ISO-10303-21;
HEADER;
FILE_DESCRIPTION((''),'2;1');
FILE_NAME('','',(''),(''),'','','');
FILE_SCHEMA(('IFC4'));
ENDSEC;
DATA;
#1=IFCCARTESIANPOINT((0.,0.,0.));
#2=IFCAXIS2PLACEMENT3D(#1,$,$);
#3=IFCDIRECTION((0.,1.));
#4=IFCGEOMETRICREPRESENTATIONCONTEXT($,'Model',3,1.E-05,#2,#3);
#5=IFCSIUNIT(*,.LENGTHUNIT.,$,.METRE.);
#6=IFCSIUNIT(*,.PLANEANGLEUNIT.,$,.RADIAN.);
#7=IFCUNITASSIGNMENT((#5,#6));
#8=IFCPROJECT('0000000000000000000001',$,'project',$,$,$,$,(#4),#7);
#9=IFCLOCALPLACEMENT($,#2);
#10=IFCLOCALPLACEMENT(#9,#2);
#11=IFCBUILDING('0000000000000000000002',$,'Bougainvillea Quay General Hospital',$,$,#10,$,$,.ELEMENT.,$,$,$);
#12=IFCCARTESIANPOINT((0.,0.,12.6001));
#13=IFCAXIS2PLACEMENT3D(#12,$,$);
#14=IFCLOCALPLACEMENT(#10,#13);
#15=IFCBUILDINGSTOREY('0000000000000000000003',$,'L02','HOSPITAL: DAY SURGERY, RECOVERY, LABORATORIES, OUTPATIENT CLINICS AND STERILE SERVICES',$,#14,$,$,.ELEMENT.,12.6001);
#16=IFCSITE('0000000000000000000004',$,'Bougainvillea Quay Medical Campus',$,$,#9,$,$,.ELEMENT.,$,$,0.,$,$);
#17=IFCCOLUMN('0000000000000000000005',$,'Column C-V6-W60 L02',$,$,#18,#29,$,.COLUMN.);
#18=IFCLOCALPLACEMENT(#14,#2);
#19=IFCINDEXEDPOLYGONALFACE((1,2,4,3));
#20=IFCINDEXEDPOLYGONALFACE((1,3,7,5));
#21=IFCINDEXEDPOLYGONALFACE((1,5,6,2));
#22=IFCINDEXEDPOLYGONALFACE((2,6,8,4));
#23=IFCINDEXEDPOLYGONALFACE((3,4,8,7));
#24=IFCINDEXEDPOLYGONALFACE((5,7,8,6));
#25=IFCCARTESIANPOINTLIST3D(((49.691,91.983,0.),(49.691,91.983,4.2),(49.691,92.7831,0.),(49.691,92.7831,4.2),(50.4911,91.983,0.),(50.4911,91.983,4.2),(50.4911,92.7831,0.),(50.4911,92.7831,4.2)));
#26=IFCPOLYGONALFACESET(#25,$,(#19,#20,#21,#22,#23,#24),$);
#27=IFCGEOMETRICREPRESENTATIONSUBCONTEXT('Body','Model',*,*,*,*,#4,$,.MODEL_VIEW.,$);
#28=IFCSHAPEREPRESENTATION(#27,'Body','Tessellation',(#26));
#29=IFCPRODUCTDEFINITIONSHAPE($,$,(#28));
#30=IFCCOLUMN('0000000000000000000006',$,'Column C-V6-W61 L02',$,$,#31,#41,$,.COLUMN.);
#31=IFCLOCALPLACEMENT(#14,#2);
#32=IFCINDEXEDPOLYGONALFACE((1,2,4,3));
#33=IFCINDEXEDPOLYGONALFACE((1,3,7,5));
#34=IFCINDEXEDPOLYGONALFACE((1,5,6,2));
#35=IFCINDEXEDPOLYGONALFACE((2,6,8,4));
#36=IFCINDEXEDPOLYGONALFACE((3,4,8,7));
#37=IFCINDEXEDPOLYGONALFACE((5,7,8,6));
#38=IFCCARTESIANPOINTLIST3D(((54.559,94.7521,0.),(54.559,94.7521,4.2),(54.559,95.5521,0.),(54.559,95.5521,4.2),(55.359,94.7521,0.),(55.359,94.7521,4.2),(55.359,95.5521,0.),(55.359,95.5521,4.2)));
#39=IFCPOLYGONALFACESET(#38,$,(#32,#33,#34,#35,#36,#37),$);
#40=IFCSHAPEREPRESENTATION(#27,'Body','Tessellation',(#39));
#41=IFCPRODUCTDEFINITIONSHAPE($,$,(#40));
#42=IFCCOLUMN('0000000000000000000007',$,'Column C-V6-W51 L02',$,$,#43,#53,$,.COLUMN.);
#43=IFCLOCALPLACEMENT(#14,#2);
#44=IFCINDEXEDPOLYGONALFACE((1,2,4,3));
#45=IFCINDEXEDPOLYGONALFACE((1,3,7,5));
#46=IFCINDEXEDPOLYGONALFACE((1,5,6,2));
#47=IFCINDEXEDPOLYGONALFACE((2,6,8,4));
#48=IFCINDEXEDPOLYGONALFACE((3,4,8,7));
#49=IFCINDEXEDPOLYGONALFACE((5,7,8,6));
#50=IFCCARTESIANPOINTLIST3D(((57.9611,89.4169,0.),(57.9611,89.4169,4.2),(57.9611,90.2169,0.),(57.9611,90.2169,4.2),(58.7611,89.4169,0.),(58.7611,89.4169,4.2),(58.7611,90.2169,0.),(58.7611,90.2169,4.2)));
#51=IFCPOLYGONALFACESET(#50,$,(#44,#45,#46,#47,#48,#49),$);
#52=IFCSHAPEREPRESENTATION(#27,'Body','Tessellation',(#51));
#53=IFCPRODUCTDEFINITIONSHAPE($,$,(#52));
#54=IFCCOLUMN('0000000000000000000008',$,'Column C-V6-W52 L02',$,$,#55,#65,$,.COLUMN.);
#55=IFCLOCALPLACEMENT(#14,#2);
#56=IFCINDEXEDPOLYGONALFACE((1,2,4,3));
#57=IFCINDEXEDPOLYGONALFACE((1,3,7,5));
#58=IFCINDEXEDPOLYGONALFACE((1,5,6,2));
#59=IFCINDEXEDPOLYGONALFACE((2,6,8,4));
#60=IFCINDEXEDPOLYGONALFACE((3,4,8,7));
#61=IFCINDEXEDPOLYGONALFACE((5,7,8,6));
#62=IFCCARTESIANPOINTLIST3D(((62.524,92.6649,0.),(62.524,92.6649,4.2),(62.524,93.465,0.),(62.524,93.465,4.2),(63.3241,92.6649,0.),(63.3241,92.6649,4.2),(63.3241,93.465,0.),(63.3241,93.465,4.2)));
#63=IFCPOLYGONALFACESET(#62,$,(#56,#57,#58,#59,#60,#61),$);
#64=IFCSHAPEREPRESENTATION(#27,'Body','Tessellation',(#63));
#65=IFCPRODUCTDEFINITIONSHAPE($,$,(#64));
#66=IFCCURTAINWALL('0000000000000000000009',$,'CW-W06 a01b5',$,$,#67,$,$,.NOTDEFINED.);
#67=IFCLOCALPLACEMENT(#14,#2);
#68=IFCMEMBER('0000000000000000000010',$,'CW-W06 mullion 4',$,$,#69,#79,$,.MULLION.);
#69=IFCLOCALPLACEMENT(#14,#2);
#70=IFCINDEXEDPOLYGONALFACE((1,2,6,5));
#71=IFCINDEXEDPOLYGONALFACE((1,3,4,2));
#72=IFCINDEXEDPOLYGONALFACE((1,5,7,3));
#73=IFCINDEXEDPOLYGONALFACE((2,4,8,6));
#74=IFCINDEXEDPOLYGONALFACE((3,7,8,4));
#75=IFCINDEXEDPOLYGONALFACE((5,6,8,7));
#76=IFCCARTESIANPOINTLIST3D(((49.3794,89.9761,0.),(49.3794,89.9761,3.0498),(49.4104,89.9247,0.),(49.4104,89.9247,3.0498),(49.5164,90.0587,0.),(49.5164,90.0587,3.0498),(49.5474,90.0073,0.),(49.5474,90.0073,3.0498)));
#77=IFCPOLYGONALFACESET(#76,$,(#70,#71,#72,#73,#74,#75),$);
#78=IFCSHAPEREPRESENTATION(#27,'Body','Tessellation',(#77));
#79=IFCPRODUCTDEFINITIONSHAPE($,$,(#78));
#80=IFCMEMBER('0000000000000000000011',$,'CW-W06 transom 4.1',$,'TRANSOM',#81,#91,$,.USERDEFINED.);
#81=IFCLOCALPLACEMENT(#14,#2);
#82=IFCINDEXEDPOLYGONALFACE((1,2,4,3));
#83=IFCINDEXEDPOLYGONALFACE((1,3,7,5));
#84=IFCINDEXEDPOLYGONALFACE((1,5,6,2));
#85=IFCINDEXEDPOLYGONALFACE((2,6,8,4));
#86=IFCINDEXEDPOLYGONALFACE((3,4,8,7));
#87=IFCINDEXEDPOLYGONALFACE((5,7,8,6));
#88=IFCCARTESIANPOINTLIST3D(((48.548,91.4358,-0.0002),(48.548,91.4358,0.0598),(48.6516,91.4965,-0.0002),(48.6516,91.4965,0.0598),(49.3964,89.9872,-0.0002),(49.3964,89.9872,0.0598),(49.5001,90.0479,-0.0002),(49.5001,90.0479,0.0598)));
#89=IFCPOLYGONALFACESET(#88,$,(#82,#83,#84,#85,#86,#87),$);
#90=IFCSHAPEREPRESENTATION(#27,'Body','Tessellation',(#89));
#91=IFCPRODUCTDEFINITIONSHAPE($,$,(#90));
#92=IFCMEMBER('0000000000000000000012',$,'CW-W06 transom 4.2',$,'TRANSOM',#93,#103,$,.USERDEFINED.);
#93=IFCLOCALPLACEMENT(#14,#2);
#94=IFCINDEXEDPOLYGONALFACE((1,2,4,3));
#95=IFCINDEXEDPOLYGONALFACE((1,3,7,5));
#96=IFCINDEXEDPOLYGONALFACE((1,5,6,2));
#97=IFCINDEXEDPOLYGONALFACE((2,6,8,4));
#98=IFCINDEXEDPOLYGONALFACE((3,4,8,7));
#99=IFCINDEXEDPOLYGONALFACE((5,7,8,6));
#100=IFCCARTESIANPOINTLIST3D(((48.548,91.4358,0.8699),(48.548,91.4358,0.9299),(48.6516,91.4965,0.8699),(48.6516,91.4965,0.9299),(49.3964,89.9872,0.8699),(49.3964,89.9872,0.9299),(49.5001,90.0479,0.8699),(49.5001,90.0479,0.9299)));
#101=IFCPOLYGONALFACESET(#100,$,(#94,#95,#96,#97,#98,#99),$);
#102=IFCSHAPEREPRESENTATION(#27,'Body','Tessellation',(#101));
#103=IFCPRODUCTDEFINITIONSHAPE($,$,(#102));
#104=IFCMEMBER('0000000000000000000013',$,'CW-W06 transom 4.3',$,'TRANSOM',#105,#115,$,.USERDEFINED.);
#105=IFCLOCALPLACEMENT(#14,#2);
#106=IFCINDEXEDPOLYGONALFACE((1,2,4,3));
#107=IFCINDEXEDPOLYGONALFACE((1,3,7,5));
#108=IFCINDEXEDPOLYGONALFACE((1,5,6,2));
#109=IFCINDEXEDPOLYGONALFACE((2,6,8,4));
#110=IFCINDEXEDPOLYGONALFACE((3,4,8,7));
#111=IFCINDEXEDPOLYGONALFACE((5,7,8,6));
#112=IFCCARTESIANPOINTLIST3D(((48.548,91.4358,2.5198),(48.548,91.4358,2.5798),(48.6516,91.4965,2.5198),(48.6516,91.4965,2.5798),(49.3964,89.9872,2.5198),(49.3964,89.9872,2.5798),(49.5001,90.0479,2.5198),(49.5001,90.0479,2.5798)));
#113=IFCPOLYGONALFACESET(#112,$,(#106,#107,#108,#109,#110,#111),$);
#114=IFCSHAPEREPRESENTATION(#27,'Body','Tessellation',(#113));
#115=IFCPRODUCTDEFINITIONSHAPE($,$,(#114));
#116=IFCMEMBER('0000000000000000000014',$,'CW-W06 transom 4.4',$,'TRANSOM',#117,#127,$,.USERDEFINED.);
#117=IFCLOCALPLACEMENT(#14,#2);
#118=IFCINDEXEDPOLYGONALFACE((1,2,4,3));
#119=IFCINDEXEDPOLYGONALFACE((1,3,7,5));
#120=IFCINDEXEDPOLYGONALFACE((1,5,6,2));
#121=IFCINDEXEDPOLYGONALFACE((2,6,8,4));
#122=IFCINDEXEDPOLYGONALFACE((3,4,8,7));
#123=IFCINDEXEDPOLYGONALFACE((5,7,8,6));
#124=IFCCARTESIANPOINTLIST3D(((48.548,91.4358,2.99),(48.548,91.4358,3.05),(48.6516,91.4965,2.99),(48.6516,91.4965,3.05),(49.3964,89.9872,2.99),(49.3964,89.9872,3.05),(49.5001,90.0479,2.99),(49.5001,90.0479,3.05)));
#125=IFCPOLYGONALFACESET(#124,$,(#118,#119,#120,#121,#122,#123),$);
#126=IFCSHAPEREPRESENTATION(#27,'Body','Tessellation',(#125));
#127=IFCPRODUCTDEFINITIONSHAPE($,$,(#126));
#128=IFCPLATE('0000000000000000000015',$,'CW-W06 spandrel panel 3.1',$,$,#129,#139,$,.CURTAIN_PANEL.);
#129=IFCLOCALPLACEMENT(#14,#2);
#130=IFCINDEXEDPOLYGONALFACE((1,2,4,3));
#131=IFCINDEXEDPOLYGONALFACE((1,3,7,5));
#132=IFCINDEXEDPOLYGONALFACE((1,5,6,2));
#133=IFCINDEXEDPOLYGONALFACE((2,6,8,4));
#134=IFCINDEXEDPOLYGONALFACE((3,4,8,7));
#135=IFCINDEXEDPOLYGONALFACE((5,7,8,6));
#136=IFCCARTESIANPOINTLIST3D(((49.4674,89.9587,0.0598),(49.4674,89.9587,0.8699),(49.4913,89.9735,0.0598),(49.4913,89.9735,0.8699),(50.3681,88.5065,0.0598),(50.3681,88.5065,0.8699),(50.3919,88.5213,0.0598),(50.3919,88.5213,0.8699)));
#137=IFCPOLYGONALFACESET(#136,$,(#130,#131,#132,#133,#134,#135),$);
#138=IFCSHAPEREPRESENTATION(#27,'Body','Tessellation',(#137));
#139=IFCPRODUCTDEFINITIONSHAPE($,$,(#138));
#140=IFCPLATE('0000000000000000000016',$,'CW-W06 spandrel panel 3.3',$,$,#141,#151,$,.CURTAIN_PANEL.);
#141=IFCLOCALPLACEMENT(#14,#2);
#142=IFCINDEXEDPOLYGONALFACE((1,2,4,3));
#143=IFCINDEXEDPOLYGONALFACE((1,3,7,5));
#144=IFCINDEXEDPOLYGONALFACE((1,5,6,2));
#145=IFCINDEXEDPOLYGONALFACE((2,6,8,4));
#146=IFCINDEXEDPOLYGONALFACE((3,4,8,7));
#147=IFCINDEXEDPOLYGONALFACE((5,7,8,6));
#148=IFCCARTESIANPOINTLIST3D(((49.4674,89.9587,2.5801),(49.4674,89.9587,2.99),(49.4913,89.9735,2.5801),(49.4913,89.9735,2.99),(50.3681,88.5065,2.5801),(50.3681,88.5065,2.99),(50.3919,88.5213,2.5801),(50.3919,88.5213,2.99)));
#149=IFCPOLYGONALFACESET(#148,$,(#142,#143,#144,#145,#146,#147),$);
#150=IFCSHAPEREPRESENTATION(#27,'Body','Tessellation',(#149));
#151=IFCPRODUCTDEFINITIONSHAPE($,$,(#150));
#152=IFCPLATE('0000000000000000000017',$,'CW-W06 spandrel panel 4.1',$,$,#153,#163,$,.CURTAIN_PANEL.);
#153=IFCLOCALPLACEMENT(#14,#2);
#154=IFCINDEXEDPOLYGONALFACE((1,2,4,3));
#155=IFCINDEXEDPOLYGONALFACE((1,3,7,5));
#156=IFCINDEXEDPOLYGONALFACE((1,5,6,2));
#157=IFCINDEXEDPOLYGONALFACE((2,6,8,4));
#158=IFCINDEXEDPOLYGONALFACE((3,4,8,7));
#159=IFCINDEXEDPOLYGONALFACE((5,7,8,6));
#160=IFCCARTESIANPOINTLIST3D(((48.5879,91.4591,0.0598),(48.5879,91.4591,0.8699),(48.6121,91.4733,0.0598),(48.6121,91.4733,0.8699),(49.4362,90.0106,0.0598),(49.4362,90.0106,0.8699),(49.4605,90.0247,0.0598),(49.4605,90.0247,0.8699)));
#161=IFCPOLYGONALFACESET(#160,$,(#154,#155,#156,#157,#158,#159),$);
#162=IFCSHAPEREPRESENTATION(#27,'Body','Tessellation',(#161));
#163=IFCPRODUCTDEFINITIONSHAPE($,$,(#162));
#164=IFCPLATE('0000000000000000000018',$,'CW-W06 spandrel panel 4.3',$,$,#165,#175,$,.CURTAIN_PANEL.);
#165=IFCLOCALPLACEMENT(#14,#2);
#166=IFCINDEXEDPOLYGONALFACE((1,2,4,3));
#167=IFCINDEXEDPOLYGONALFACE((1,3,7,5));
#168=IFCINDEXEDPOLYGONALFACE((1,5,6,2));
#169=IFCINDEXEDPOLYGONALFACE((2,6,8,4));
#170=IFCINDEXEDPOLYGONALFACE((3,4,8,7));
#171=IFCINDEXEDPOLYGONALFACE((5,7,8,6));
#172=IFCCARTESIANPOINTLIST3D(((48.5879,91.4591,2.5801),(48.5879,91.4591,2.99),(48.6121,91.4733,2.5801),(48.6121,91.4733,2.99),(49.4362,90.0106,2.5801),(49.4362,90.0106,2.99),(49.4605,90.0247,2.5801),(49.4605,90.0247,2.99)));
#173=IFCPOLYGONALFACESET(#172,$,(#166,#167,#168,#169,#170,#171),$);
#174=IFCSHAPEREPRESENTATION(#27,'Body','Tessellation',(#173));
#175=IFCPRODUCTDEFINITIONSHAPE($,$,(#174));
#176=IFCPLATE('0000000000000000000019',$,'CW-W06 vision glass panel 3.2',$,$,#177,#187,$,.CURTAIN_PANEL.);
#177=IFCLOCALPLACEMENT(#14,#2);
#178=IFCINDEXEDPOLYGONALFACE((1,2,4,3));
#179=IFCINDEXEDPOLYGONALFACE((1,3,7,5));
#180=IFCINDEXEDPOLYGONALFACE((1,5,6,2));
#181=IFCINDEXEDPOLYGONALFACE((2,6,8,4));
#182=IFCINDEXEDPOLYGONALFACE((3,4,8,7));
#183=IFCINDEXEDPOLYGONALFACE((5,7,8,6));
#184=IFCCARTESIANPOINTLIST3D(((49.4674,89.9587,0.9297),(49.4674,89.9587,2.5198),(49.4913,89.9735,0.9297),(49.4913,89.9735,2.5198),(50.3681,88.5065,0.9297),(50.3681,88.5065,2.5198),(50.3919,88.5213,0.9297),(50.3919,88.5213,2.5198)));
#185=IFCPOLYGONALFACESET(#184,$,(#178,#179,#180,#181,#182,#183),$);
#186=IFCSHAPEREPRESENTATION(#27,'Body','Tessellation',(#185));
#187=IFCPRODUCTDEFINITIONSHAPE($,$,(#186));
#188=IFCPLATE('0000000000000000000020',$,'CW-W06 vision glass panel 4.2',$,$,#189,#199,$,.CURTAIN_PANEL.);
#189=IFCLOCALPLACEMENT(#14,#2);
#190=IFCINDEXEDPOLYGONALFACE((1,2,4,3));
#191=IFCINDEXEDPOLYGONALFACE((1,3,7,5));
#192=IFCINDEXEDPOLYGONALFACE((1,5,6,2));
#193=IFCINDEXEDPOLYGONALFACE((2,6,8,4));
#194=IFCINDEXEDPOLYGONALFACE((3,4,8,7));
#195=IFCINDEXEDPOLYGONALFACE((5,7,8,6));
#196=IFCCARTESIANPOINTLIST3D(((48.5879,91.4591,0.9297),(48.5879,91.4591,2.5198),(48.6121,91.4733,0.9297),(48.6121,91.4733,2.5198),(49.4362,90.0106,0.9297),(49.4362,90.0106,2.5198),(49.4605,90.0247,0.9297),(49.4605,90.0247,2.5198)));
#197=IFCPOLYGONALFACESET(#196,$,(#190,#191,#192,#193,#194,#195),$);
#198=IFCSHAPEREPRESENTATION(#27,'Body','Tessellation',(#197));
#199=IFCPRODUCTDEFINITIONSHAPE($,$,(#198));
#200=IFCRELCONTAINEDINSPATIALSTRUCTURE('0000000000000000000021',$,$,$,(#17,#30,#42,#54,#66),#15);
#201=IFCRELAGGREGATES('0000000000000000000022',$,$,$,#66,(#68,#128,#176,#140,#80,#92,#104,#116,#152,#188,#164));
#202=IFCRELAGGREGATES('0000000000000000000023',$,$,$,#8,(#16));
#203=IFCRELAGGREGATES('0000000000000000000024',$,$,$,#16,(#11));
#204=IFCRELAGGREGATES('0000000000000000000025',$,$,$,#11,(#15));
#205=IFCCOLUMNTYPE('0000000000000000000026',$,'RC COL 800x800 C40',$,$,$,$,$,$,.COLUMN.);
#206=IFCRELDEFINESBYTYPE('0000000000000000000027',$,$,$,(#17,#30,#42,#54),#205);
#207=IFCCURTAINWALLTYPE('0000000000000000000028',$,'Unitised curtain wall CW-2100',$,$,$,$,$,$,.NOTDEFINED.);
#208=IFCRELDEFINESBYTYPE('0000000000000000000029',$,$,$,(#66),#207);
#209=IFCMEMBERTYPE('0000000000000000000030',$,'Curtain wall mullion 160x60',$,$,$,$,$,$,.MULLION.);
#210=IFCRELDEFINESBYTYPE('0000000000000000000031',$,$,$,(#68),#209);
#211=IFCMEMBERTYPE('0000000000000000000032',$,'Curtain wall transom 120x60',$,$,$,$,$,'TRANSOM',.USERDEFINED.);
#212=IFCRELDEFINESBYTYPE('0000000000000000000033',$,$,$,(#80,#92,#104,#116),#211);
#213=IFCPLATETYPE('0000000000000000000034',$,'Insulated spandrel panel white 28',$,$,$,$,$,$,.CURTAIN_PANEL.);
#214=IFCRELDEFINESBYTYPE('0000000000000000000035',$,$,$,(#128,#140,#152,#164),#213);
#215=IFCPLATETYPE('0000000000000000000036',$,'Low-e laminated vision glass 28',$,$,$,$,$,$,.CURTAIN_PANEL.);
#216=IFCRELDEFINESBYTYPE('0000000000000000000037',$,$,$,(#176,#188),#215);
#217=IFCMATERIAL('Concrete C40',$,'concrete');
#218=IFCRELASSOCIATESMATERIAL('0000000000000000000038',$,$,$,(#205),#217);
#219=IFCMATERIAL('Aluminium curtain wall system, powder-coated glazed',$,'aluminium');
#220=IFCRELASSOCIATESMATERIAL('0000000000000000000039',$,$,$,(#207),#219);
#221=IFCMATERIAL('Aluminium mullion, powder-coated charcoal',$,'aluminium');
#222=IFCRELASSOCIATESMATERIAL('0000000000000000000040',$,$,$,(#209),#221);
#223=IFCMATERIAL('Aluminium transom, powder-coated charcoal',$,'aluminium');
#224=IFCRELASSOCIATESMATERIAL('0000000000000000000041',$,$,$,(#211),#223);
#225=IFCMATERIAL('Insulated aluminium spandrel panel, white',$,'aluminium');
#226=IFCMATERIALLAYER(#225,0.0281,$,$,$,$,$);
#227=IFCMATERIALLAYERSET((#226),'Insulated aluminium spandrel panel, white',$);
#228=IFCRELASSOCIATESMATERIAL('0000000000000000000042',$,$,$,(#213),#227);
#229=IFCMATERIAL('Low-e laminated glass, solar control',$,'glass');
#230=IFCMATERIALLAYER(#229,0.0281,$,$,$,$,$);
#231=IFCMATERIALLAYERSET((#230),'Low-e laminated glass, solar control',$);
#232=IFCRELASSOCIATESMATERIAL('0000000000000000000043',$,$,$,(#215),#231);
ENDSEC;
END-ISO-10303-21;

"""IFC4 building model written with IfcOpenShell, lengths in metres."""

from ifc_helpers import new_model, si_unit, direction, frame, origin, origin_2d, place, context, subcontext, project, spatial, rectangle, extrude, material, layer, layer_set, material_profile, profile_set, type_object, element, aggregate, save


model = new_model("IFC4")

# Units and contexts
model_context = context("Model", 3, precision=1e-05, world=origin(), true_north=direction((0.0, 1.0)))
body_context = subcontext(model_context, "Body", "Model", "MODEL_VIEW")
ifc_project = project(units=[si_unit("LENGTHUNIT", "METRE"), si_unit("PLANEANGLEUNIT", "RADIAN")], contexts=[model_context])

# Site, building, storey
site_placement = place(None, origin())
site = spatial("IfcSite", under=ifc_project, at=site_placement, Name="Bougainvillea Quay Medical Campus", CompositionType="ELEMENT", RefElevation=0.0)
building_placement = place(site_placement, origin())
building = spatial("IfcBuilding", under=site, at=building_placement, Name="Bougainvillea Quay General Hospital", CompositionType="ELEMENT")
storey_placement = place(building_placement, frame((0.0, 0.0, 12.6001)))
storey = spatial("IfcBuildingStorey", under=building, at=storey_placement, Name="L02", Description="HOSPITAL: DAY SURGERY, RECOVERY, LABORATORIES, OUTPATIENT CLINICS AND STERILE SERVICES", CompositionType="ELEMENT", Elevation=12.6001)

# Columns
ifc_material_1 = material(Name="Concrete C40", Category="concrete")
ifc_material_profile_1 = material_profile(ifc_material_1, rectangle(XDim=0.8, YDim=0.8, at=origin_2d()))
ifc_profile_set_1 = profile_set([ifc_material_profile_1], Name="Concrete C40")
column_type = type_object("IfcColumnType", Name="RC COL 800x800 C40", PredefinedType="COLUMN", material=ifc_profile_set_1)
for number, where, z_axis, x_axis, name in (
    (1, (50.0911, 92.3831, 0.0), (0.0, 0.0, 1.0), (1.0, 0.0, 0.0), "Column C-V6-W60 L02"),
    (2, (54.959, 95.1521, 0.0), (0.0, 0.0, 1.0), (1.0, 0.0, 0.0), "Column C-V6-W61 L02"),
    (3, (58.3611, 89.8169, 0.0), (0.0, 0.0, 1.0), (1.0, 0.0, 0.0), "Column C-V6-W51 L02"),
    (4, (62.9241, 93.0649, 0.0), (0.0, 0.0, 1.0), (1.0, 0.0, 0.0), "Column C-V6-W52 L02"),
):
    element("IfcColumn", number, at=place(storey_placement, frame(where, z_axis=z_axis, x_axis=x_axis)), inside=storey, type_object=column_type, Name=name, PredefinedType="COLUMN", context=body_context, shape_type="SweptSolid", body=[
        extrude(rectangle(XDim=0.8, YDim=0.8, at=origin_2d()), origin(), (0.0, 0.0, 1.0), 4.2),
    ])

# Curtain wall, members, plates
ifc_material_2 = material(Name="Aluminium curtain wall system, powder-coated glazed", Category="aluminium")
curtain_wall_type = type_object("IfcCurtainWallType", Name="Unitised curtain wall CW-2100", PredefinedType="NOTDEFINED", material=ifc_material_2)
curtain_wall_placement = place(storey_placement, origin())
curtain_wall = element("IfcCurtainWall", 5, at=curtain_wall_placement, inside=storey, type_object=curtain_wall_type, Name="CW-W06 a01b5", PredefinedType="NOTDEFINED")
ifc_material_3 = material(Name="Aluminium mullion, powder-coated charcoal", Category="aluminium")
ifc_material_profile_2 = material_profile(ifc_material_3, rectangle(XDim=0.1599, YDim=0.0601, at=origin_2d()))
ifc_profile_set_2 = profile_set([ifc_material_profile_2], Name="Aluminium mullion, powder-coated charcoal")
member_type_1 = type_object("IfcMemberType", Name="Curtain wall mullion 160x60", PredefinedType="MULLION", material=ifc_profile_set_2)
member_1_placement = place(storey_placement, frame((49.4634, 89.9917, 0.0), z_axis=(0.0, 0.0, 1.0), x_axis=(-0.856438, -0.516249, 0.0)))
member_1 = element("IfcMember", 6, at=member_1_placement, type_object=member_type_1, Name="CW-W06 mullion 4", PredefinedType="MULLION", context=body_context, shape_type="SweptSolid", body=[
    extrude(rectangle(XDim=0.1599, YDim=0.0601, at=origin_2d()), origin(), (0.0, 0.0, 1.0), 3.0498),
])
ifc_material_4 = material(Name="Aluminium transom, powder-coated charcoal", Category="aluminium")
ifc_material_profile_3 = material_profile(ifc_material_4, rectangle(XDim=0.1201, YDim=0.0601, at=origin_2d()))
ifc_profile_set_3 = profile_set([ifc_material_profile_3], Name="Aluminium transom, powder-coated charcoal")
member_type_2 = type_object("IfcMemberType", Name="Curtain wall transom 120x60", ElementType="TRANSOM", PredefinedType="USERDEFINED", material=ifc_profile_set_3)
member_2_placement = place(storey_placement, frame((49.4482, 90.0176, 0.0298), z_axis=(-0.505398, 0.862886, 0.0), x_axis=(-0.862886, -0.505398, 0.0)))
member_2 = element("IfcMember", 7, at=member_2_placement, type_object=member_type_2, Name="CW-W06 transom 4.1", ObjectType="TRANSOM", PredefinedType="USERDEFINED", context=body_context, shape_type="SweptSolid", body=[
    extrude(rectangle(XDim=0.1201, YDim=0.0601, at=origin_2d()), origin(), (0.0, 0.0, 1.0), 1.6787),
])
member_3_placement = place(storey_placement, frame((49.4482, 90.0176, 0.8999), z_axis=(-0.505398, 0.862886, 0.0), x_axis=(-0.862886, -0.505398, 0.0)))
member_3 = element("IfcMember", 8, at=member_3_placement, type_object=member_type_2, Name="CW-W06 transom 4.2", ObjectType="TRANSOM", PredefinedType="USERDEFINED", context=body_context, shape_type="SweptSolid", body=[
    extrude(rectangle(XDim=0.1201, YDim=0.0601, at=origin_2d()), origin(), (0.0, 0.0, 1.0), 1.6787),
])
member_4_placement = place(storey_placement, frame((49.4482, 90.0176, 2.5498), z_axis=(-0.505398, 0.862886, 0.0), x_axis=(-0.862886, -0.505398, 0.0)))
member_4 = element("IfcMember", 9, at=member_4_placement, type_object=member_type_2, Name="CW-W06 transom 4.3", ObjectType="TRANSOM", PredefinedType="USERDEFINED", context=body_context, shape_type="SweptSolid", body=[
    extrude(rectangle(XDim=0.1201, YDim=0.0601, at=origin_2d()), origin(), (0.0, 0.0, 1.0), 1.6787),
])
member_5_placement = place(storey_placement, frame((49.4482, 90.0176, 3.02), z_axis=(-0.505398, 0.862886, 0.0), x_axis=(-0.862886, -0.505398, 0.0)))
member_5 = element("IfcMember", 10, at=member_5_placement, type_object=member_type_2, Name="CW-W06 transom 4.4", ObjectType="TRANSOM", PredefinedType="USERDEFINED", context=body_context, shape_type="SweptSolid", body=[
    extrude(rectangle(XDim=0.1201, YDim=0.0601, at=origin_2d()), origin(), (0.0, 0.0, 1.0), 1.6787),
])
ifc_material_5 = material(Name="Insulated aluminium spandrel panel, white", Category="aluminium")
ifc_layer_1 = layer(ifc_material_5, 0.0281)
ifc_layer_set_1 = layer_set([ifc_layer_1], Name="Insulated aluminium spandrel panel, white")
plate_type_1 = type_object("IfcPlateType", Name="Insulated spandrel panel white 28", PredefinedType="CURTAIN_PANEL", material=ifc_layer_set_1)
plate_1_placement = place(storey_placement, frame((49.9297, 89.24, 0.0598), z_axis=(0.0, 0.0, 1.0), x_axis=(-0.527067, 0.849824, 0.0)))
plate_1 = element("IfcPlate", 11, at=plate_1_placement, type_object=plate_type_1, Name="CW-W06 spandrel panel 3.1", PredefinedType="CURTAIN_PANEL", context=body_context, shape_type="SweptSolid", body=[
    extrude(rectangle(XDim=1.7087, YDim=0.0281, at=origin_2d()), origin(), (0.0, 0.0, 1.0), 0.8101),
])
plate_2_placement = place(storey_placement, frame((49.9297, 89.24, 2.5801), z_axis=(0.0, 0.0, 1.0), x_axis=(-0.527067, 0.849824, 0.0)))
plate_2 = element("IfcPlate", 12, at=plate_2_placement, type_object=plate_type_1, Name="CW-W06 spandrel panel 3.3", PredefinedType="CURTAIN_PANEL", context=body_context, shape_type="SweptSolid", body=[
    extrude(rectangle(XDim=1.7087, YDim=0.0281, at=origin_2d()), origin(), (0.0, 0.0, 1.0), 0.4099),
])
plate_3_placement = place(storey_placement, frame((49.0242, 90.7419, 0.0598), z_axis=(0.0, 0.0, 1.0), x_axis=(-0.505349, 0.862915, 0.0)))
plate_3 = element("IfcPlate", 13, at=plate_3_placement, type_object=plate_type_1, Name="CW-W06 spandrel panel 4.1", PredefinedType="CURTAIN_PANEL", context=body_context, shape_type="SweptSolid", body=[
    extrude(rectangle(XDim=1.6787, YDim=0.0281, at=origin_2d()), origin(), (0.0, 0.0, 1.0), 0.8101),
])
plate_4_placement = place(storey_placement, frame((49.0242, 90.7419, 2.5801), z_axis=(0.0, 0.0, 1.0), x_axis=(-0.505349, 0.862915, 0.0)))
plate_4 = element("IfcPlate", 14, at=plate_4_placement, type_object=plate_type_1, Name="CW-W06 spandrel panel 4.3", PredefinedType="CURTAIN_PANEL", context=body_context, shape_type="SweptSolid", body=[
    extrude(rectangle(XDim=1.6787, YDim=0.0281, at=origin_2d()), origin(), (0.0, 0.0, 1.0), 0.4099),
])
ifc_material_6 = material(Name="Low-e laminated glass, solar control", Category="glass")
ifc_layer_2 = layer(ifc_material_6, 0.0281)
ifc_layer_set_2 = layer_set([ifc_layer_2], Name="Low-e laminated glass, solar control")
plate_type_2 = type_object("IfcPlateType", Name="Low-e laminated vision glass 28", PredefinedType="CURTAIN_PANEL", material=ifc_layer_set_2)
plate_5_placement = place(storey_placement, frame((49.9297, 89.24, 0.9297), z_axis=(0.0, 0.0, 1.0), x_axis=(-0.527067, 0.849824, 0.0)))
plate_5 = element("IfcPlate", 15, at=plate_5_placement, type_object=plate_type_2, Name="CW-W06 vision glass panel 3.2", PredefinedType="CURTAIN_PANEL", context=body_context, shape_type="SweptSolid", body=[
    extrude(rectangle(XDim=1.7087, YDim=0.0281, at=origin_2d()), origin(), (0.0, 0.0, 1.0), 1.5901),
])
plate_6_placement = place(storey_placement, frame((49.0242, 90.7419, 0.9297), z_axis=(0.0, 0.0, 1.0), x_axis=(-0.505349, 0.862915, 0.0)))
plate_6 = element("IfcPlate", 16, at=plate_6_placement, type_object=plate_type_2, Name="CW-W06 vision glass panel 4.2", PredefinedType="CURTAIN_PANEL", context=body_context, shape_type="SweptSolid", body=[
    extrude(rectangle(XDim=1.6787, YDim=0.0281, at=origin_2d()), origin(), (0.0, 0.0, 1.0), 1.5901),
])
aggregate(curtain_wall, [member_1, plate_1, plate_5, plate_2, member_2, member_3, member_4, member_5, plate_3, plate_6, plate_4])

save(model, "model.ifc")
